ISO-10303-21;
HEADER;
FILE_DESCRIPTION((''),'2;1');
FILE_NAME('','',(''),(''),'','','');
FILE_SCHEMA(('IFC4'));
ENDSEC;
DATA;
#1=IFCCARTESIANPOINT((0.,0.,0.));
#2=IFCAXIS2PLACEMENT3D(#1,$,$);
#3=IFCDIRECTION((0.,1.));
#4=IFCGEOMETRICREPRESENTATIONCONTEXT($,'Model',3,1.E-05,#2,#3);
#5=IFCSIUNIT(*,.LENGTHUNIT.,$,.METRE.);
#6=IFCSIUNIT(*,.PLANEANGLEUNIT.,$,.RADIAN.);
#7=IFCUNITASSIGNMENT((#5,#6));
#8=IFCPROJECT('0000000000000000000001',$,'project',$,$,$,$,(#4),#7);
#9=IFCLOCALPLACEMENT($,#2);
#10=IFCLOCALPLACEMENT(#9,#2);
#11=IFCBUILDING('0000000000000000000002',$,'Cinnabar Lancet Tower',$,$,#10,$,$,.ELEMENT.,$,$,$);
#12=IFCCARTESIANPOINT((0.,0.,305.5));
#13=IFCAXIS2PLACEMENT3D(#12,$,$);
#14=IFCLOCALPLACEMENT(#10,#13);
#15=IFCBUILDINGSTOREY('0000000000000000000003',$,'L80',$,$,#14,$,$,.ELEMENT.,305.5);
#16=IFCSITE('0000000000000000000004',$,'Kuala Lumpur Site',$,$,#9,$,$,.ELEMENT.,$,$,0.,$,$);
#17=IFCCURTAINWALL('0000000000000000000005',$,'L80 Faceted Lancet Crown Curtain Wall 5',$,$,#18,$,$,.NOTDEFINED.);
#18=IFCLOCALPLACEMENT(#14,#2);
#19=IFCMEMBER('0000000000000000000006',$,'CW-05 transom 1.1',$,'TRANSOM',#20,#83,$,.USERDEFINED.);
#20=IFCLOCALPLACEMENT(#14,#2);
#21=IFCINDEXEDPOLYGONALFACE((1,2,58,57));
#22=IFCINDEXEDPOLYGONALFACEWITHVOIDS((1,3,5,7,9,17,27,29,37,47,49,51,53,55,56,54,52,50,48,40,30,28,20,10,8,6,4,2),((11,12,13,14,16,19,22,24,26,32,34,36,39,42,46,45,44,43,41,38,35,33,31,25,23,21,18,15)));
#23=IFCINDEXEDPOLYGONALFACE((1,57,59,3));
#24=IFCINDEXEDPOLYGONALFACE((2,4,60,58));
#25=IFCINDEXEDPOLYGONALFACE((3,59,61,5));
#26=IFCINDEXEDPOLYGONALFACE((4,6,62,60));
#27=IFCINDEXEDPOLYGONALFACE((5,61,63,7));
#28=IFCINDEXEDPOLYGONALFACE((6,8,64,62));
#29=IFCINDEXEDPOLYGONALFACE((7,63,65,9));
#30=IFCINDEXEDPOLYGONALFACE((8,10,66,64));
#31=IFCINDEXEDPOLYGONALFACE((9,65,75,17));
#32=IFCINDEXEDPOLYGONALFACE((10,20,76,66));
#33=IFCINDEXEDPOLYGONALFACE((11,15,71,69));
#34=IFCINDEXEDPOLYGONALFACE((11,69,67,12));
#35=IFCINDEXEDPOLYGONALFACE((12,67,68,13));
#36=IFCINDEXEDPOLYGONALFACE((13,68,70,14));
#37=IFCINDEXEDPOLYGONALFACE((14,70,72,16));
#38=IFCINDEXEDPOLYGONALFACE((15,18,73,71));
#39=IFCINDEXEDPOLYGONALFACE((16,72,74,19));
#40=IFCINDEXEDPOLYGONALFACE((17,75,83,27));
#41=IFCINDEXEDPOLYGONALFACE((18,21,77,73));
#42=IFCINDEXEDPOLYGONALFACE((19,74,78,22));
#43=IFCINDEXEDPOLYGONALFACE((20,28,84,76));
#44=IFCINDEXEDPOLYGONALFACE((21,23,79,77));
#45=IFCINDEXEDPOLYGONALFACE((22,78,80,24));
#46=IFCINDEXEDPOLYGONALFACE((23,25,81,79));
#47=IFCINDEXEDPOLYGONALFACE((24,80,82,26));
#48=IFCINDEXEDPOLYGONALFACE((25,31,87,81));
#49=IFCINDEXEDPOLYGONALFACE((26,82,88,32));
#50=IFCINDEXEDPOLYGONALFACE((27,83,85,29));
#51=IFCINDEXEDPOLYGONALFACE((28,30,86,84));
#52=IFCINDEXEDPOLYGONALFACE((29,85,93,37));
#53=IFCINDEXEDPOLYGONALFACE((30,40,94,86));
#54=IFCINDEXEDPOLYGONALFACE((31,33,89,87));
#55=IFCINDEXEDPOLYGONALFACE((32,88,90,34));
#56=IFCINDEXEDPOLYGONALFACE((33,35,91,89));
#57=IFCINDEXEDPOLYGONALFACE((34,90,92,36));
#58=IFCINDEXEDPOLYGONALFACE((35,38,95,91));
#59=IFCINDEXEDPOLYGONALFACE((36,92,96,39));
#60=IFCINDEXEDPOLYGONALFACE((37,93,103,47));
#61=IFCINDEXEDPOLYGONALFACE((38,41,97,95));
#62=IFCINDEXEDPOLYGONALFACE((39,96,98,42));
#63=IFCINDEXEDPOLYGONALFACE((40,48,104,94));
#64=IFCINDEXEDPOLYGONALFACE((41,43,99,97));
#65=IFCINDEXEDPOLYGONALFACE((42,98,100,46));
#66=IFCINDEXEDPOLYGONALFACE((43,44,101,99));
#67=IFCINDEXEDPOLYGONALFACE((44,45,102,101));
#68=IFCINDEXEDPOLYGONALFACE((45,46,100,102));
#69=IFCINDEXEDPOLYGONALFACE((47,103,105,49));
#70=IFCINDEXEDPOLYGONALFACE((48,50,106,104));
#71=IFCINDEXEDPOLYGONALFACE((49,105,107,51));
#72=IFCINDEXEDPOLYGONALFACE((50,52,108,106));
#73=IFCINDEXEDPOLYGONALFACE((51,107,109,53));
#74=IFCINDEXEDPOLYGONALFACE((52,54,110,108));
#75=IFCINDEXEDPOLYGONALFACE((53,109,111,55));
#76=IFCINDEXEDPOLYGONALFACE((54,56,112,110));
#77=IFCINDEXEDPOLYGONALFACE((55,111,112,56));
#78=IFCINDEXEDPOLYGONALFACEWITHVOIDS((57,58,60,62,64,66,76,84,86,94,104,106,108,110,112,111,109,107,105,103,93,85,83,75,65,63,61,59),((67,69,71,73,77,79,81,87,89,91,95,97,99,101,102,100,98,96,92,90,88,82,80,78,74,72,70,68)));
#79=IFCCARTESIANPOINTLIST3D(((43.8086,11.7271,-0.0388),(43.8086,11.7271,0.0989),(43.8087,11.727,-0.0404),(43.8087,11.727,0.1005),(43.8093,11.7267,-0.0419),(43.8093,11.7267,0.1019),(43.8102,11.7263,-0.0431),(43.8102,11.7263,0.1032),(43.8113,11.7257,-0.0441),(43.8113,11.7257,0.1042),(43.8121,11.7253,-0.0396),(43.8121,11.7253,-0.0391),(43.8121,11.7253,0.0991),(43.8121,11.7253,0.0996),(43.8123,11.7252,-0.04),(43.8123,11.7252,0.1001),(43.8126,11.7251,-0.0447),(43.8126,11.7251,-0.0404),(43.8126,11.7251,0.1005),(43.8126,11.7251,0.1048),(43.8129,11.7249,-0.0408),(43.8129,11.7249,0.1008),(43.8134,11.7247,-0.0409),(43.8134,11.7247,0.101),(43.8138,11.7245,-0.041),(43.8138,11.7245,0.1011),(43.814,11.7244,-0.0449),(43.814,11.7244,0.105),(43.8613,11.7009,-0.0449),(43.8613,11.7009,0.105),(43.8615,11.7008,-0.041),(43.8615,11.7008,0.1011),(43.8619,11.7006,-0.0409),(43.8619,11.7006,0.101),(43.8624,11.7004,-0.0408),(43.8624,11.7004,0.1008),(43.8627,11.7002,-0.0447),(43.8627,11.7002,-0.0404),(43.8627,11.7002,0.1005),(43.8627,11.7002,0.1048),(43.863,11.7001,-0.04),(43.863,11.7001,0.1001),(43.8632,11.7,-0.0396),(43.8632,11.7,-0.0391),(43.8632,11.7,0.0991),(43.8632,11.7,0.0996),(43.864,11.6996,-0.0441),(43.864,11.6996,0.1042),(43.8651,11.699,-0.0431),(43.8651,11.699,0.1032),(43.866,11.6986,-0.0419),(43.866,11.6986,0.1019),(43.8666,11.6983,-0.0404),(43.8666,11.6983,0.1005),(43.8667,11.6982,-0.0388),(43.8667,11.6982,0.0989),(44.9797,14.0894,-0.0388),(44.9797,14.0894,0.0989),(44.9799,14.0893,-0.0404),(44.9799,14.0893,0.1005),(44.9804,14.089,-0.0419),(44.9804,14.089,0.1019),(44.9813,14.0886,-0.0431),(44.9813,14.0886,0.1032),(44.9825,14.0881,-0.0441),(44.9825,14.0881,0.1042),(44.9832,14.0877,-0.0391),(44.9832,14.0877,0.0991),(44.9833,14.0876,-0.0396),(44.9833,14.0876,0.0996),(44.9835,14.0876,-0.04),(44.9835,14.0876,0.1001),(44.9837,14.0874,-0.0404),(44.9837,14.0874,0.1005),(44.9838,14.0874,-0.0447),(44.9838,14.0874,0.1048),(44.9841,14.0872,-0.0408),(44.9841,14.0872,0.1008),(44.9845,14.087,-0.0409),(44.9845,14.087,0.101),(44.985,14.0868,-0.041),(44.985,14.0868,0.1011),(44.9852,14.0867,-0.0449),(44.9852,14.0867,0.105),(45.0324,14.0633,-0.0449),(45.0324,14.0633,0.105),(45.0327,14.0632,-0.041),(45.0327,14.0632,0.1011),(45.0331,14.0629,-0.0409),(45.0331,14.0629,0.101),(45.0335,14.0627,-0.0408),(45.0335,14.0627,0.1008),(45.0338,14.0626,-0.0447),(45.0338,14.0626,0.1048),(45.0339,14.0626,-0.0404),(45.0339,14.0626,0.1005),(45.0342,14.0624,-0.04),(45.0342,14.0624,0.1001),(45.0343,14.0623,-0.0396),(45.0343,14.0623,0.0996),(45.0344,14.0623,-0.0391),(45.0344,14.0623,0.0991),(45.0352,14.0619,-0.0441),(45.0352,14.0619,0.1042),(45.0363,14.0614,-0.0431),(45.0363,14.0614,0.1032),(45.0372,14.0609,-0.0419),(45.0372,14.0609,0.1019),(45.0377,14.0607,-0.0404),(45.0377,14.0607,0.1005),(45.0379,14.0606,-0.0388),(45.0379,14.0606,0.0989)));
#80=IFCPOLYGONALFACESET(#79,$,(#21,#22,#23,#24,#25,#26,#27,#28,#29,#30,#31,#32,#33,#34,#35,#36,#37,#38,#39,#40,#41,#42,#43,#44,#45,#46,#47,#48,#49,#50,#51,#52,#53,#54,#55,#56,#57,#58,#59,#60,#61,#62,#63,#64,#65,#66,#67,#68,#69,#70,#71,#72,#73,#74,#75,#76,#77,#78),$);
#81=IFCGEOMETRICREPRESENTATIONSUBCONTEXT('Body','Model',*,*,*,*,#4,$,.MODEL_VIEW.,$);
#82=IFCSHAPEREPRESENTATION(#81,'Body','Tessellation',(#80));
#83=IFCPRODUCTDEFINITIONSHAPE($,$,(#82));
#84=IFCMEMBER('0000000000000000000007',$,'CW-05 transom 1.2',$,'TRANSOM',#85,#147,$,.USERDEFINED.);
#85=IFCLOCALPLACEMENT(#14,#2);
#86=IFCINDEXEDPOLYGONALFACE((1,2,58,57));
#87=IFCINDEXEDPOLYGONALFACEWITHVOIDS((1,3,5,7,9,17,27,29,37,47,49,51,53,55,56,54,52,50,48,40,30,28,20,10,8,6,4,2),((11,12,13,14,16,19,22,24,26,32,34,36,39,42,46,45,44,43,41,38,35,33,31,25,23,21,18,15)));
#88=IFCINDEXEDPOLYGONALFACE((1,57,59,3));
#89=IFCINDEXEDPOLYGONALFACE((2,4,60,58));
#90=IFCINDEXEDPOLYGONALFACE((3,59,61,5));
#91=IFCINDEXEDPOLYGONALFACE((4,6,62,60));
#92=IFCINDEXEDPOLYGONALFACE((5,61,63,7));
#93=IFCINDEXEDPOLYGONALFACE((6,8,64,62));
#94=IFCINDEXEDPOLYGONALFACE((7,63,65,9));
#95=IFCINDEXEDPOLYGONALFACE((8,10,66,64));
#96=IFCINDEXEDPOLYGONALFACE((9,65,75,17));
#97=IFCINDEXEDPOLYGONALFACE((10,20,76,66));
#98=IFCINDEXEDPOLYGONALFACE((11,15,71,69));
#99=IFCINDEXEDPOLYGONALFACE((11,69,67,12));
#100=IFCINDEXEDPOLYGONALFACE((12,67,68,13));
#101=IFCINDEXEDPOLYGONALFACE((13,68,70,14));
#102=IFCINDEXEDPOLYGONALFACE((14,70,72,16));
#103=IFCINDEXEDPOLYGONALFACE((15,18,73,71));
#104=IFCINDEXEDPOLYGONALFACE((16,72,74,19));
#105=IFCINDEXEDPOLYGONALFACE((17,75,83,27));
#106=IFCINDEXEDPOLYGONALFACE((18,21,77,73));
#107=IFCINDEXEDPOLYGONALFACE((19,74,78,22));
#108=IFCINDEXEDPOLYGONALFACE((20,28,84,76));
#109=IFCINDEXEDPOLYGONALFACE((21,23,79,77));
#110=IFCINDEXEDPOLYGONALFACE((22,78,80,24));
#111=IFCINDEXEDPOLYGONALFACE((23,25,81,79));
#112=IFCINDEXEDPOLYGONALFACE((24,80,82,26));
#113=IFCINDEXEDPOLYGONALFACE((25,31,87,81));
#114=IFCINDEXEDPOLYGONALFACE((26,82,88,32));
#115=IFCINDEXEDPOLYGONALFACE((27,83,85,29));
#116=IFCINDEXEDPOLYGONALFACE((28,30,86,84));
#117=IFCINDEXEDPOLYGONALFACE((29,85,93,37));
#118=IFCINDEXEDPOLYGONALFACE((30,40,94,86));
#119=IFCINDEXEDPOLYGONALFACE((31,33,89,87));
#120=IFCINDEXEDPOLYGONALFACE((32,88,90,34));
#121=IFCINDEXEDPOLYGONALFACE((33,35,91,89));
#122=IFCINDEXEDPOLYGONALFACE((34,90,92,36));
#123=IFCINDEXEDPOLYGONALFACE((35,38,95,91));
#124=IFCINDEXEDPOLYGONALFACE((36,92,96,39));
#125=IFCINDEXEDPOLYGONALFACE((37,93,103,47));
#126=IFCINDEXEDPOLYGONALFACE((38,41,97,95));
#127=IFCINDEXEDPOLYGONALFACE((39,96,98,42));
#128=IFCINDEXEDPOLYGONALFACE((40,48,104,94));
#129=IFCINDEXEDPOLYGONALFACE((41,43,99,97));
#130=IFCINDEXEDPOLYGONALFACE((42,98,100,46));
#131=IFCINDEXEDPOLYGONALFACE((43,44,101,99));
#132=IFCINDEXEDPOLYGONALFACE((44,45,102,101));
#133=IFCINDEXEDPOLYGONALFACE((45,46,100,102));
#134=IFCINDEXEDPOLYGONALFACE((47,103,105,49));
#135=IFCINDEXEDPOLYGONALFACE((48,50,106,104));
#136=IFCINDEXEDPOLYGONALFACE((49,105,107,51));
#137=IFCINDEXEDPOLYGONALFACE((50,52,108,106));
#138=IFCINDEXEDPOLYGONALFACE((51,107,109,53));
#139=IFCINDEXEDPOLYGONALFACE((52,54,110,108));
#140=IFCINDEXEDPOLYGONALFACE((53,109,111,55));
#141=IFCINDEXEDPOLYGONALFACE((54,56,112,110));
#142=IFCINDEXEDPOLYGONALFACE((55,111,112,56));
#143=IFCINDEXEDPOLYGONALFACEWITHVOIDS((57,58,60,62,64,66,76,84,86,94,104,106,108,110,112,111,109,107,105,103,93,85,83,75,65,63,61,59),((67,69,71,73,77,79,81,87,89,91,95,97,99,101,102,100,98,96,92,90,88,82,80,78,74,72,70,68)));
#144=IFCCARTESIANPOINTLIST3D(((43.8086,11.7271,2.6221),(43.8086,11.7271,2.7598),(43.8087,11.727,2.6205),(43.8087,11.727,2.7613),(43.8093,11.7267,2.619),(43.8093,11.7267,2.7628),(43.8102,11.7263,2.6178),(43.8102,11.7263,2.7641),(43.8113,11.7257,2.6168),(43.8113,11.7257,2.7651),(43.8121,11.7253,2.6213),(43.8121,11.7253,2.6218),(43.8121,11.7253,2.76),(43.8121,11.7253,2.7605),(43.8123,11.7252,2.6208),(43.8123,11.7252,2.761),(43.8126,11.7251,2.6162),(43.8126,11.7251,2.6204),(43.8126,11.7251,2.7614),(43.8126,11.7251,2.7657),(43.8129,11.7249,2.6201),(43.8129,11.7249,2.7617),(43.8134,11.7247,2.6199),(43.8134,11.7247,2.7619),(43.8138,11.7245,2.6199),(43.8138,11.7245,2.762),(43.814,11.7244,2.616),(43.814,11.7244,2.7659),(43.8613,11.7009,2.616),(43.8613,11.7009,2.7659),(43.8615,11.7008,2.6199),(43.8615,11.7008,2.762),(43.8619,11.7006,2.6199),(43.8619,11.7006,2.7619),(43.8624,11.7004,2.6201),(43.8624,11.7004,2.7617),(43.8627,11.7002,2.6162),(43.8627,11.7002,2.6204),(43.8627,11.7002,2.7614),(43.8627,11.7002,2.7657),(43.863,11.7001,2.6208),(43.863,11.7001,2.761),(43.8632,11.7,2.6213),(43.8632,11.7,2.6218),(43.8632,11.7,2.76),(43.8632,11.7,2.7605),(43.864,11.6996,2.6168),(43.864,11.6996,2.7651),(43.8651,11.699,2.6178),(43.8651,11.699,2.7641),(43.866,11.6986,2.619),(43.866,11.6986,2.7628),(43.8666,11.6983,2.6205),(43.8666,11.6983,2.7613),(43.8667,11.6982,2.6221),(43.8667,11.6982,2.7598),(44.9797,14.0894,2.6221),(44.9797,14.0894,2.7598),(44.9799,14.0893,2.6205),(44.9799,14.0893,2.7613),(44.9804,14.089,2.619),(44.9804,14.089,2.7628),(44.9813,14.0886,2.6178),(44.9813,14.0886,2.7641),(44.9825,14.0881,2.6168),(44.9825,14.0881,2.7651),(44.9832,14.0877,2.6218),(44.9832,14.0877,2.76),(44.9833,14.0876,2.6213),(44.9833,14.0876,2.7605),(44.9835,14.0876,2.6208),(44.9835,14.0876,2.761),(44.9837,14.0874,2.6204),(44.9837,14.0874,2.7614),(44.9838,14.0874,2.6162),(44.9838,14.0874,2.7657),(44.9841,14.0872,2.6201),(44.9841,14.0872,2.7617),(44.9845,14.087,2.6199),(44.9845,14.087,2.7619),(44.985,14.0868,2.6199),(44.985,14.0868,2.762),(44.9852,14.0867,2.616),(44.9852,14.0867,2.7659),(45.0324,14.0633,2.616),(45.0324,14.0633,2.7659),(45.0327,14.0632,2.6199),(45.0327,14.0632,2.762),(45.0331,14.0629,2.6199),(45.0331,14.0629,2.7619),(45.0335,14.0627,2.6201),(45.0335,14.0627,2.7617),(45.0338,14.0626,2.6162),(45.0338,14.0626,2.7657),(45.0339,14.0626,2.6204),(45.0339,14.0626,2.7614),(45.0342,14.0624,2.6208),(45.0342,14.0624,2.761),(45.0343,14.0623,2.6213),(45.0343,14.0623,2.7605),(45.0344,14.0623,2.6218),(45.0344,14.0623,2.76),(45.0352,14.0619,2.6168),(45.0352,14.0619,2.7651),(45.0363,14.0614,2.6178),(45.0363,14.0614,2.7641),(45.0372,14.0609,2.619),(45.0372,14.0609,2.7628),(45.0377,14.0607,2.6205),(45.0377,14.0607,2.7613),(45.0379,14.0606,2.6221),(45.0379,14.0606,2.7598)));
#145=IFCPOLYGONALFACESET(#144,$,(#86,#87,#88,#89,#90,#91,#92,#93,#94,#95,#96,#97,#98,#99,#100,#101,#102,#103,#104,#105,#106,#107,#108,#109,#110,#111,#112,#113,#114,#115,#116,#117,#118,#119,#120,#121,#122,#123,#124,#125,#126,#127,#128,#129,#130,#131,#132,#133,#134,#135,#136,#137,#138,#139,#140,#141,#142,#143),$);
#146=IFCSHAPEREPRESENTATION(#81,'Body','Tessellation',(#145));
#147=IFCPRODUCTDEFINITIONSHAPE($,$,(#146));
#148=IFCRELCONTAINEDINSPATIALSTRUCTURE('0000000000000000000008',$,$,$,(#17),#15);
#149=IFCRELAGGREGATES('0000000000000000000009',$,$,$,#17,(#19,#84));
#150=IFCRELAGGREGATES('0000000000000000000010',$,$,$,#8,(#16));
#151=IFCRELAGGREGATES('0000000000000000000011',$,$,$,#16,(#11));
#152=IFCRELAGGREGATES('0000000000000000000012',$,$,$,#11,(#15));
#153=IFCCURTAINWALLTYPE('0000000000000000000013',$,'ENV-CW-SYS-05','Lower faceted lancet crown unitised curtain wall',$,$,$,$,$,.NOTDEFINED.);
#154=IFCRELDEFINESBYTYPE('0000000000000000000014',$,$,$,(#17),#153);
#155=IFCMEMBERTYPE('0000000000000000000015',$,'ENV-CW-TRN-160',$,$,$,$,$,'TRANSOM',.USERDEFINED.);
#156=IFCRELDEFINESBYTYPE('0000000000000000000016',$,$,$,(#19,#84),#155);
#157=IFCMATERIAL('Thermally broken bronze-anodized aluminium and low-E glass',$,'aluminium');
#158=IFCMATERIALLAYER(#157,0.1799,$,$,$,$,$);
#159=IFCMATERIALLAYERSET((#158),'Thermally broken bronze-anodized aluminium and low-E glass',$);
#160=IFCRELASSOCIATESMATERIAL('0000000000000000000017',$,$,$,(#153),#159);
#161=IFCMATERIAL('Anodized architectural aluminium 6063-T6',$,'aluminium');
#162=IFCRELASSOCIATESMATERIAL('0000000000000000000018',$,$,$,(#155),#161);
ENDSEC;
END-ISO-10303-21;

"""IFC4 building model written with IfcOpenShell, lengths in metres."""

from ifc_helpers import new_model, si_unit, direction, frame, origin, origin_2d, place, context, subcontext, project, spatial, hollow_rectangle, extrude, material, layer, layer_set, material_profile, profile_set, type_object, element, aggregate, save


model = new_model("IFC4")

# Units and contexts
model_context = context("Model", 3, precision=1e-05, world=origin(), true_north=direction((0.0, 1.0)))
body_context = subcontext(model_context, "Body", "Model", "MODEL_VIEW")
ifc_project = project(units=[si_unit("LENGTHUNIT", "METRE"), si_unit("PLANEANGLEUNIT", "RADIAN")], contexts=[model_context])

# Site, building, storey
site_placement = place(None, origin())
site = spatial("IfcSite", under=ifc_project, at=site_placement, Name="Kuala Lumpur Site", CompositionType="ELEMENT", RefElevation=0.0)
building_placement = place(site_placement, origin())
building = spatial("IfcBuilding", under=site, at=building_placement, Name="Cinnabar Lancet Tower", CompositionType="ELEMENT")
storey_placement = place(building_placement, frame((0.0, 0.0, 305.5)))
storey = spatial("IfcBuildingStorey", under=building, at=storey_placement, Name="L80", CompositionType="ELEMENT", Elevation=305.5)

# Curtain wall, members
ifc_material_1 = material(Name="Thermally broken bronze-anodized aluminium and low-E glass", Category="aluminium")
ifc_layer_1 = layer(ifc_material_1, 0.1799)
ifc_layer_set_1 = layer_set([ifc_layer_1], Name="Thermally broken bronze-anodized aluminium and low-E glass")
curtain_wall_type = type_object("IfcCurtainWallType", Name="ENV-CW-SYS-05", Description="Lower faceted lancet crown unitised curtain wall", PredefinedType="NOTDEFINED", material=ifc_layer_set_1)
curtain_wall_placement = place(storey_placement, origin())
curtain_wall = element("IfcCurtainWall", 1, at=curtain_wall_placement, inside=storey, type_object=curtain_wall_type, Name="L80 Faceted Lancet Crown Curtain Wall 5", PredefinedType="NOTDEFINED")
ifc_material_2 = material(Name="Anodized architectural aluminium 6063-T6", Category="aluminium")
ifc_material_profile_1 = material_profile(ifc_material_2, hollow_rectangle(XDim=0.0649, YDim=0.1499, WallThickness=0.0039, InnerFilletRadius=0.002, OuterFilletRadius=0.0061, at=origin_2d()), Name="CW-TRN 150x65x4")
ifc_profile_set_1 = profile_set([ifc_material_profile_1], Name="Anodized architectural aluminium 6063-T6")
member_type_1 = type_object("IfcMemberType", Name="ENV-CW-TRN-160", ElementType="TRANSOM", PredefinedType="USERDEFINED", material=ifc_profile_set_1)
member_1_placement = place(storey_placement, frame((43.8376, 11.7126, 0.03), z_axis=(0.444174, 0.895941, 0.0), x_axis=(-0.895941, 0.444174, 0.0)))
member_1 = element("IfcMember", 2, at=member_1_placement, type_object=member_type_1, Name="CW-05 transom 1.1", ObjectType="TRANSOM", PredefinedType="USERDEFINED", context=body_context, shape_type="SweptSolid", body=[
    extrude(hollow_rectangle(XDim=0.0649, YDim=0.1499, WallThickness=0.0039, InnerFilletRadius=0.002, OuterFilletRadius=0.0061, at=origin_2d()), origin(), (0.0, 0.0, 1.0), 2.6367),
])
member_2_placement = place(storey_placement, frame((43.8376, 11.7126, 2.6909), z_axis=(0.444174, 0.895941, 0.0), x_axis=(-0.895941, 0.444174, 0.0)))
member_2 = element("IfcMember", 3, at=member_2_placement, type_object=member_type_1, Name="CW-05 transom 1.2", ObjectType="TRANSOM", PredefinedType="USERDEFINED", context=body_context, shape_type="SweptSolid", body=[
    extrude(hollow_rectangle(XDim=0.0649, YDim=0.1499, WallThickness=0.0039, InnerFilletRadius=0.002, OuterFilletRadius=0.0061, at=origin_2d()), origin(), (0.0, 0.0, 1.0), 2.6367),
])
aggregate(curtain_wall, [member_1, member_2])

save(model, "model.ifc")
